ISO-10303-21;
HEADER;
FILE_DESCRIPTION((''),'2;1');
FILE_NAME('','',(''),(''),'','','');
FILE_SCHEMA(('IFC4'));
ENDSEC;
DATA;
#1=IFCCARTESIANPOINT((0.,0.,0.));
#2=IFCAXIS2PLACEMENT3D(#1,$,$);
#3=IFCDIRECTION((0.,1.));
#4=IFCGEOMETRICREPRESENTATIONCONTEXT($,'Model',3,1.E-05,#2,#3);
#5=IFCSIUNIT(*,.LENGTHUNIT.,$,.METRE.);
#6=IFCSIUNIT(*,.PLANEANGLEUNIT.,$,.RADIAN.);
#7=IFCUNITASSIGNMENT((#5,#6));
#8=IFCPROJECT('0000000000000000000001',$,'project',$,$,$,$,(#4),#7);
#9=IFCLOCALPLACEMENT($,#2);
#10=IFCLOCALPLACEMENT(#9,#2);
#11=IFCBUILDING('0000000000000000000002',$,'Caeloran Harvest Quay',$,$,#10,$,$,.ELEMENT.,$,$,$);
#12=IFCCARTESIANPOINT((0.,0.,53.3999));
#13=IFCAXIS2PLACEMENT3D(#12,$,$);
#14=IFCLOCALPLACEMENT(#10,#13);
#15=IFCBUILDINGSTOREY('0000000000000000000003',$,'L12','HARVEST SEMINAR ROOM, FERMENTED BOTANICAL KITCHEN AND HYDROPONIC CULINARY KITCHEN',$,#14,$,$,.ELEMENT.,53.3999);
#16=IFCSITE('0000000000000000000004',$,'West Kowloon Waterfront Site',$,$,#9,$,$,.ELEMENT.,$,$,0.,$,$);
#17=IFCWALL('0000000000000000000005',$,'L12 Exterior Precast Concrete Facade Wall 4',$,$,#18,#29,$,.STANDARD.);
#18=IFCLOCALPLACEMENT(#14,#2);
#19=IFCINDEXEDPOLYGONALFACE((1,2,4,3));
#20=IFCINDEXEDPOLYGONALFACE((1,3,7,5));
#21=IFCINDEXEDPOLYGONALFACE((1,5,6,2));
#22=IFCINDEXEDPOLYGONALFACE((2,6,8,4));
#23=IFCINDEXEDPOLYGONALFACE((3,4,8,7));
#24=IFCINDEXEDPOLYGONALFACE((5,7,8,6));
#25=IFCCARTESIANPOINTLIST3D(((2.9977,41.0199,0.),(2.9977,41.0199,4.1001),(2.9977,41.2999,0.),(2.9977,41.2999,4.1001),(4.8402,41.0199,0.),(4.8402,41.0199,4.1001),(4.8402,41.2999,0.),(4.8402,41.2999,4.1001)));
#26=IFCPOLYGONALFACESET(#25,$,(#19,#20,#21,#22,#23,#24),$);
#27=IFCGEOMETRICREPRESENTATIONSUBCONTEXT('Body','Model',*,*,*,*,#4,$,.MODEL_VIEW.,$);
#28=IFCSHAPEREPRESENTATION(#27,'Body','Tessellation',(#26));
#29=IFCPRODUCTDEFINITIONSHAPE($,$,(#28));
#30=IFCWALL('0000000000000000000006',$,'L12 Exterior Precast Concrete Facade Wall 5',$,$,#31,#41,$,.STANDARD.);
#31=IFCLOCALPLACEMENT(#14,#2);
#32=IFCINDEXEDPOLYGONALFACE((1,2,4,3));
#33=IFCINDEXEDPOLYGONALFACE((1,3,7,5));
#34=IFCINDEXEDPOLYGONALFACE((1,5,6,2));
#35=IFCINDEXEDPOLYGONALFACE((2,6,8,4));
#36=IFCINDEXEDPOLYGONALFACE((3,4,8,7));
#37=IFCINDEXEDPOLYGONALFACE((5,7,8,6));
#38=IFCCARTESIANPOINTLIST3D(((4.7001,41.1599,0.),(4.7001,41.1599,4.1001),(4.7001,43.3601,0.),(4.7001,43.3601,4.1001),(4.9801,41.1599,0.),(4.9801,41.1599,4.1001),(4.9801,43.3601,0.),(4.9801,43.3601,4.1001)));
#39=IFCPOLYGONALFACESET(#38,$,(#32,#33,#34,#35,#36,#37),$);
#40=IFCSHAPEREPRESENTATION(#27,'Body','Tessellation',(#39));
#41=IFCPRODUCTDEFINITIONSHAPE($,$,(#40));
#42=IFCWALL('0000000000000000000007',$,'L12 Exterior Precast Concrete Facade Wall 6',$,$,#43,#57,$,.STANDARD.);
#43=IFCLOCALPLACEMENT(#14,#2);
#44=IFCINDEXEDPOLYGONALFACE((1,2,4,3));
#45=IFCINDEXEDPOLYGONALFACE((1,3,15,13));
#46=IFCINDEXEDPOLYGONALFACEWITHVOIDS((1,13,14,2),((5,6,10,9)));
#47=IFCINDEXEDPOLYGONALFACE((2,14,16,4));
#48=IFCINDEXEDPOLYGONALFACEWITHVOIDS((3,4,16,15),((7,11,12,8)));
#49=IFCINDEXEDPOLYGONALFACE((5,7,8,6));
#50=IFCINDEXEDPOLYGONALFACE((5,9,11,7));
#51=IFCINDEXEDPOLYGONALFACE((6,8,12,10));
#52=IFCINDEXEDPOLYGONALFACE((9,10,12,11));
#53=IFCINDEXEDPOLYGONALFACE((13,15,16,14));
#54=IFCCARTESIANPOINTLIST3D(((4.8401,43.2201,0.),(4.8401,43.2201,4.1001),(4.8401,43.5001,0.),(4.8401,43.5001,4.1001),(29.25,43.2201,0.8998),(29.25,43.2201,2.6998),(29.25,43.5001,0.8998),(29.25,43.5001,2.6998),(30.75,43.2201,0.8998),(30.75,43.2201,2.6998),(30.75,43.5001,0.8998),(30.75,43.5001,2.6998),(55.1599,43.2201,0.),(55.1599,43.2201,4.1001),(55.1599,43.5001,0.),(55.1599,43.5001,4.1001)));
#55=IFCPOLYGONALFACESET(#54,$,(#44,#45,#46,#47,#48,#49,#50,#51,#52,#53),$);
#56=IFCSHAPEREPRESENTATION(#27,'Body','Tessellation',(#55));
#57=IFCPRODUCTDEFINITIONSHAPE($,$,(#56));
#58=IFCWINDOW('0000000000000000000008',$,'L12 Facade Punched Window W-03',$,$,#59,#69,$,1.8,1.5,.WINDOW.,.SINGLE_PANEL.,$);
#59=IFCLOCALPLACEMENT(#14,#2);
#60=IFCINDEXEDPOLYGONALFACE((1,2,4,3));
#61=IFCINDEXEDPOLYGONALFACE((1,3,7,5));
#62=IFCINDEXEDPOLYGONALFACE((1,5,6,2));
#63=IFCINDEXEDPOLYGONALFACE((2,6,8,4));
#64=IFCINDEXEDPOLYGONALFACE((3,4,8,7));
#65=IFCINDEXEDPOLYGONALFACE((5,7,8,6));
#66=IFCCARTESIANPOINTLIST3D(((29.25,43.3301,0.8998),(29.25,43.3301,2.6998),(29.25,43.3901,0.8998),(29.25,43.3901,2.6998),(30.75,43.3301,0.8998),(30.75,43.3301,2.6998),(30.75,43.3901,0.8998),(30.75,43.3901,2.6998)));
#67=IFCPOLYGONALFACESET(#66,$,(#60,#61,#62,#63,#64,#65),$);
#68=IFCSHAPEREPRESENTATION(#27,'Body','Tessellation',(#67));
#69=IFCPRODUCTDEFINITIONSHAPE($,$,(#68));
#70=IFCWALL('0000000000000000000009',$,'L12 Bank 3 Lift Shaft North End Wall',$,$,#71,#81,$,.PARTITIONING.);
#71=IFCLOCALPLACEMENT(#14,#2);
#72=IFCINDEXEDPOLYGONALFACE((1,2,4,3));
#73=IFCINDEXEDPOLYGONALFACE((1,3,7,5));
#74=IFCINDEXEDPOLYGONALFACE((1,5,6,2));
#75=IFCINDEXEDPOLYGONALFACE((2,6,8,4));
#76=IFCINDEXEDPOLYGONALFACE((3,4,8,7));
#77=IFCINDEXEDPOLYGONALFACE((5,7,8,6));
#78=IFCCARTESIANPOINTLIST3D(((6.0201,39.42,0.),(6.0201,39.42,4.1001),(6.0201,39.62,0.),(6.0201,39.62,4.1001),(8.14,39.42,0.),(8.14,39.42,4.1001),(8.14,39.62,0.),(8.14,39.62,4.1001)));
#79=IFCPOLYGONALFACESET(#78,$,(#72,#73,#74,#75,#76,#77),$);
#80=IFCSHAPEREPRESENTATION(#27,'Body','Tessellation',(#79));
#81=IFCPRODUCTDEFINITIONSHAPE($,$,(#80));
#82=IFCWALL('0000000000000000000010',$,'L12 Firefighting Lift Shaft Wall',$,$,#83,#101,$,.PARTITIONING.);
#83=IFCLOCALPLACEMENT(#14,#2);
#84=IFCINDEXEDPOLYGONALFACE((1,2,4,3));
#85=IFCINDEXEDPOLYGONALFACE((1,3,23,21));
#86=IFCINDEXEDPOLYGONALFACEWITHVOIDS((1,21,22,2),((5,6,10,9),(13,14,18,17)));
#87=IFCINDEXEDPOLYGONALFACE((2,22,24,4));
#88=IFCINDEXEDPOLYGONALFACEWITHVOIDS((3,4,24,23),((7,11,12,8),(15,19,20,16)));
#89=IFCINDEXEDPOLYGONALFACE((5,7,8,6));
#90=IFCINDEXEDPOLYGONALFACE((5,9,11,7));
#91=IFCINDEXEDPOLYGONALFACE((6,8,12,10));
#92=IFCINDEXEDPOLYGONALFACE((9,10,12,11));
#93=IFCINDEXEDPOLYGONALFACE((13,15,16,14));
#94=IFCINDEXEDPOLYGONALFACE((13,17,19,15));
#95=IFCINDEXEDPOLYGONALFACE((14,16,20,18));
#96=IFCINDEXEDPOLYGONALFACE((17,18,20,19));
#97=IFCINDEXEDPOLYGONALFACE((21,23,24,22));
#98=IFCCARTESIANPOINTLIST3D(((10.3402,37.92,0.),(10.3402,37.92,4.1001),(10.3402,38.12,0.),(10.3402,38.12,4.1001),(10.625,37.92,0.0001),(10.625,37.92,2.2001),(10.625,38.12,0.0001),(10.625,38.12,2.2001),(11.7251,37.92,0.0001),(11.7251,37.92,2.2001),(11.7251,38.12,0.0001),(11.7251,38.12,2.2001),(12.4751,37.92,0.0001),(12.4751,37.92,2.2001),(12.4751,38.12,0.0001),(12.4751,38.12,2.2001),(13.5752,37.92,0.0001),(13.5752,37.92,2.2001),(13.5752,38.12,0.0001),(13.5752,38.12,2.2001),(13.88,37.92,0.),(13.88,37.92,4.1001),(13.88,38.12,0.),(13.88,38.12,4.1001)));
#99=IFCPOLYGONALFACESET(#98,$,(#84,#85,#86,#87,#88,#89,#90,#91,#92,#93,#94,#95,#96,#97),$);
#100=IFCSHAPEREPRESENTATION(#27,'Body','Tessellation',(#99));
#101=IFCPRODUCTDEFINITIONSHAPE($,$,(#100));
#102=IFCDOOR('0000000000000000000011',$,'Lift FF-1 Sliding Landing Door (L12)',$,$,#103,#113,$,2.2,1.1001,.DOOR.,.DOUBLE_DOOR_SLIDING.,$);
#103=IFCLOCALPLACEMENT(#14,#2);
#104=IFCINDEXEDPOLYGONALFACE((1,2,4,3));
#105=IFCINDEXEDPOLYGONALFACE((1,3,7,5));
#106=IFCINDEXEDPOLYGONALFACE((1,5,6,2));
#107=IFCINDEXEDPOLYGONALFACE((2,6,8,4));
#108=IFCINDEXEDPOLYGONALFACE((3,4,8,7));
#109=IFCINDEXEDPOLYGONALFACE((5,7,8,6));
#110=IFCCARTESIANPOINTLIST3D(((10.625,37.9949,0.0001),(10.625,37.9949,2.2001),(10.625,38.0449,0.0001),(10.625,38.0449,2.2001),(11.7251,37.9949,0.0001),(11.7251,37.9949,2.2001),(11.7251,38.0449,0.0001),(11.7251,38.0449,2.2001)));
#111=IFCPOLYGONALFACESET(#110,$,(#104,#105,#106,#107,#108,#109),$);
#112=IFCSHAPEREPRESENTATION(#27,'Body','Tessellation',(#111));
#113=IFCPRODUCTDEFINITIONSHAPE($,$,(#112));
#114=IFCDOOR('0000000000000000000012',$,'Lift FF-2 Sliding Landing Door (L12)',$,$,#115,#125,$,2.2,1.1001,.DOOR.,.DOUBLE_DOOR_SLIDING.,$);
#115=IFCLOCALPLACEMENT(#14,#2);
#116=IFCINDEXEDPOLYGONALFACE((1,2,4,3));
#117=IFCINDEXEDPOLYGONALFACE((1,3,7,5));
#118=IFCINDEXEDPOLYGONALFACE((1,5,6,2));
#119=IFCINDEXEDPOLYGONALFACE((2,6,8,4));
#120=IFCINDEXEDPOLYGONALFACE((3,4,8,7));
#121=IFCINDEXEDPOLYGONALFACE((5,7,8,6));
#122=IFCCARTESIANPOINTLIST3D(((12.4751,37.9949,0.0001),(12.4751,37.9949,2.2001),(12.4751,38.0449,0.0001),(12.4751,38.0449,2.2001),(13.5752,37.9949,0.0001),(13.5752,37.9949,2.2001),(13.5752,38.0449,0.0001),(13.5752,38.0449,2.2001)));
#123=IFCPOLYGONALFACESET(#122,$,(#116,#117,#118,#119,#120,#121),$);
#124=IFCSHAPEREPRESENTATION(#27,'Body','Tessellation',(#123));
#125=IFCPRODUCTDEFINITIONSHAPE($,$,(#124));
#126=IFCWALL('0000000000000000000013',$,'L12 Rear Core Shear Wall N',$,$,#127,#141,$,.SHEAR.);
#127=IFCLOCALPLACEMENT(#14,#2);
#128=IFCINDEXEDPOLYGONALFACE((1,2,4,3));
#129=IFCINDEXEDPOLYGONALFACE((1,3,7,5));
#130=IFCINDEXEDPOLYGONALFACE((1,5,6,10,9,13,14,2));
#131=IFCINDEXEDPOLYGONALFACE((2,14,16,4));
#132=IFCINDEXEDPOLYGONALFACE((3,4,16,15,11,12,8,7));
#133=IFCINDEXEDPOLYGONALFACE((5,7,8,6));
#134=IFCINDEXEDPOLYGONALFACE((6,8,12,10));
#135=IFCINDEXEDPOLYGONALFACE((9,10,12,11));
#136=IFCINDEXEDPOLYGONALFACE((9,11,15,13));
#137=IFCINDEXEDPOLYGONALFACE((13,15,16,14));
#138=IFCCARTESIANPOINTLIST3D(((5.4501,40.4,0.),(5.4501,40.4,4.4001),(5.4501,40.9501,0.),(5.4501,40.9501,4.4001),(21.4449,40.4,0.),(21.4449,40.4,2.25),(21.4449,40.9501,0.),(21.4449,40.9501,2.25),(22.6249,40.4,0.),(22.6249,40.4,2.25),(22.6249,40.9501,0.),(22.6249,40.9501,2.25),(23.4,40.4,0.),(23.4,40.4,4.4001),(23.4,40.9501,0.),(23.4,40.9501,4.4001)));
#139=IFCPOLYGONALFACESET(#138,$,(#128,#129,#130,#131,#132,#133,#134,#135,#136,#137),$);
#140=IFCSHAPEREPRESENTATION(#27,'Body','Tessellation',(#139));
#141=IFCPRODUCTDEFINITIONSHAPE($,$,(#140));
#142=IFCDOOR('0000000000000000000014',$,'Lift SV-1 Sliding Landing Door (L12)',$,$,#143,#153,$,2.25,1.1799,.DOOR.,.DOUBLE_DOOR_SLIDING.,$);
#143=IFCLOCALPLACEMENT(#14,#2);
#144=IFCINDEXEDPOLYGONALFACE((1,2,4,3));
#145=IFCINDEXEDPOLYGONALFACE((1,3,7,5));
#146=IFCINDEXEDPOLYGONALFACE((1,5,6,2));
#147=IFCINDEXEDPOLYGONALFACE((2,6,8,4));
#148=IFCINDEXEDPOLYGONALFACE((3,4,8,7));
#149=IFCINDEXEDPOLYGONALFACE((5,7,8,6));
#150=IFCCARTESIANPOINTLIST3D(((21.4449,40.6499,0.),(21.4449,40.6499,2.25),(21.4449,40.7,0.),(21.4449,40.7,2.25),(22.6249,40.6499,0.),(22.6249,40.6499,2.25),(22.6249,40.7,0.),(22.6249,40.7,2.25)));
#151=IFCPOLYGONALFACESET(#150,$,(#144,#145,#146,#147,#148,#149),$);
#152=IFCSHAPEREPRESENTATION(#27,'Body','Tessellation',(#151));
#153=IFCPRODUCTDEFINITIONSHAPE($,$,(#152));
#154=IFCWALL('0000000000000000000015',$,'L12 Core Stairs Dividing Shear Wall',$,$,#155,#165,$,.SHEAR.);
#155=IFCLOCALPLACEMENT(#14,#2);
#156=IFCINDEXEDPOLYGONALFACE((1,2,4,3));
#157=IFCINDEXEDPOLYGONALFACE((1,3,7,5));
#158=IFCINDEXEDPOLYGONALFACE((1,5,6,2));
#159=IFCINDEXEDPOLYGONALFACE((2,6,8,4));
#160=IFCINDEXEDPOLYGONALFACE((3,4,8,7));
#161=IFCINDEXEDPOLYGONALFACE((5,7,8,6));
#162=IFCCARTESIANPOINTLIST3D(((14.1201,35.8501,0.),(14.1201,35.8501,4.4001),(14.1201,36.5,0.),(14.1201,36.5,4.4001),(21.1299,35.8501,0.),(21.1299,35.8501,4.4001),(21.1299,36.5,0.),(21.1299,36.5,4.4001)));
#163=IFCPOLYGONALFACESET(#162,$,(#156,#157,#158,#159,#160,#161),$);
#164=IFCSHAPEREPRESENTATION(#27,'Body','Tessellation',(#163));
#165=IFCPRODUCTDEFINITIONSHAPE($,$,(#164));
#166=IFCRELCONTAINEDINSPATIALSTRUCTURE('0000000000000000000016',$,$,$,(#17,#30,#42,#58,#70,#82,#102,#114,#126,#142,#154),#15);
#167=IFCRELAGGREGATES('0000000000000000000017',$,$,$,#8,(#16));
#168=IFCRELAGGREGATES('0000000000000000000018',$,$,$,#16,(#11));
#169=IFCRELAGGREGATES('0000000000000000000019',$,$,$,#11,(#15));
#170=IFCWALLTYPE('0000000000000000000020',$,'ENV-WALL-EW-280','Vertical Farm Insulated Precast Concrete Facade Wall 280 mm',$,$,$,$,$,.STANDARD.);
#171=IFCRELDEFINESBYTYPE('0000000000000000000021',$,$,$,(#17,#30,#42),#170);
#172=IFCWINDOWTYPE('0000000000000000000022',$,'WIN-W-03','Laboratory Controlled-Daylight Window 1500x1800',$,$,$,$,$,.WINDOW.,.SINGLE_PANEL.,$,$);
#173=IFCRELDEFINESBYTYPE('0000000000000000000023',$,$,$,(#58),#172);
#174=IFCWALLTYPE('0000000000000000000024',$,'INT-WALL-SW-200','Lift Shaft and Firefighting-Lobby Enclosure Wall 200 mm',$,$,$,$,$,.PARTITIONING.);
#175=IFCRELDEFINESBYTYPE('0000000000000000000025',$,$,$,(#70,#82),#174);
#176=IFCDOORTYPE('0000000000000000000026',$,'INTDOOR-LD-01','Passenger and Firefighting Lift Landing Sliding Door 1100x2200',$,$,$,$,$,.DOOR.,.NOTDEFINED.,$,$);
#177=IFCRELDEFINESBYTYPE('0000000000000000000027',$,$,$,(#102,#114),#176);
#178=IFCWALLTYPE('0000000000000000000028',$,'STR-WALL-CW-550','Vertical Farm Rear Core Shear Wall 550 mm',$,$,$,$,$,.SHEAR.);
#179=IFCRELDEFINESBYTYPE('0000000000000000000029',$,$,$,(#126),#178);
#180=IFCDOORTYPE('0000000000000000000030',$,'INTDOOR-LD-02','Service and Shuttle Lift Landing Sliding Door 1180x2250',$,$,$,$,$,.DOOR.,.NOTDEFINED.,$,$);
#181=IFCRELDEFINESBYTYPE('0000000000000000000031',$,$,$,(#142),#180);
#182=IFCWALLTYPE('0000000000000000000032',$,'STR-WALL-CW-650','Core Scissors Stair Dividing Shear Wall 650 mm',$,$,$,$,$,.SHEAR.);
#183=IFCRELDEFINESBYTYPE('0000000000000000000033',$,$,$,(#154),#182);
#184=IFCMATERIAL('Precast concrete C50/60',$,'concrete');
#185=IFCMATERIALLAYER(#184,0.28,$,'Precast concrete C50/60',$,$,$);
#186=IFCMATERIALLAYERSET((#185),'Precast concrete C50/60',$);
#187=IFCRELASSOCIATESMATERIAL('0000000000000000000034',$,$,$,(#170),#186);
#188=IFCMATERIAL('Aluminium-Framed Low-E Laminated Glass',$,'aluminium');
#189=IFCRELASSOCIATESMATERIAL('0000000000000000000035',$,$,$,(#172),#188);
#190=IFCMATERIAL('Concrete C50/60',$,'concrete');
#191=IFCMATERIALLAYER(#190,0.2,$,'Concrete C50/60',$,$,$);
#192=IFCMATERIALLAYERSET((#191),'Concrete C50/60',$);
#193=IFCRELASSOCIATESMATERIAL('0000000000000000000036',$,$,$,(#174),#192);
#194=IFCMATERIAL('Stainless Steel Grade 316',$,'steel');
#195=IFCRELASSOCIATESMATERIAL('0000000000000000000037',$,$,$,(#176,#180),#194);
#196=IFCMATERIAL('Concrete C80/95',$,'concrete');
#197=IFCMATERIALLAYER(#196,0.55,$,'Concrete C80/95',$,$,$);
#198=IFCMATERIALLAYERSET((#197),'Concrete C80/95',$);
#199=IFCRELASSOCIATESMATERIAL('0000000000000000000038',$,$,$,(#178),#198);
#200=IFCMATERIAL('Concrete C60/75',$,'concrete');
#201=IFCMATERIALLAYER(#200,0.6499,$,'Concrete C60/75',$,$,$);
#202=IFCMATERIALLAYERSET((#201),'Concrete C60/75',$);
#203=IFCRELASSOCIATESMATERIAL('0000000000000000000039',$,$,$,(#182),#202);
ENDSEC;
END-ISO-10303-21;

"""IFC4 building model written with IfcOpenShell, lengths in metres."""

from ifc_helpers import new_model, si_unit, direction, frame, frame_2d, origin, place, context, subcontext, project, spatial, rectangle, extrude, material, layer, layer_set, type_object, element, fill, save


model = new_model("IFC4")

# Units and contexts
model_context = context("Model", 3, precision=1e-05, world=origin(), true_north=direction((0.0, 1.0)))
body_context = subcontext(model_context, "Body", "Model", "MODEL_VIEW")
ifc_project = project(units=[si_unit("LENGTHUNIT", "METRE"), si_unit("PLANEANGLEUNIT", "RADIAN")], contexts=[model_context])

# Site, building, storey
site_placement = place(None, origin())
site = spatial("IfcSite", under=ifc_project, at=site_placement, Name="West Kowloon Waterfront Site", CompositionType="ELEMENT", RefElevation=0.0)
building_placement = place(site_placement, origin())
building = spatial("IfcBuilding", under=site, at=building_placement, Name="Caeloran Harvest Quay", CompositionType="ELEMENT")
storey_placement = place(building_placement, frame((0.0, 0.0, 53.3999)))
storey = spatial("IfcBuildingStorey", under=building, at=storey_placement, Name="L12", Description="HARVEST SEMINAR ROOM, FERMENTED BOTANICAL KITCHEN AND HYDROPONIC CULINARY KITCHEN", CompositionType="ELEMENT", Elevation=53.3999)

# Walls
ifc_material_1 = material(Name="Precast concrete C50/60", Category="concrete")
ifc_layer_1 = layer(ifc_material_1, 0.28, Name="Precast concrete C50/60")
ifc_layer_set_1 = layer_set([ifc_layer_1], Name="Precast concrete C50/60")
wall_type_1 = type_object("IfcWallType", Name="ENV-WALL-EW-280", Description="Vertical Farm Insulated Precast Concrete Facade Wall 280 mm", PredefinedType="STANDARD", material=ifc_layer_set_1)
wall_1_placement = place(storey_placement, frame((2.9976, 41.1599, 0.0), z_axis=(0.0, 0.0, 1.0), x_axis=(1.0, 0.0, 0.0)))
element("IfcWall", 1, at=wall_1_placement, inside=storey, type_object=wall_type_1, Name="L12 Exterior Precast Concrete Facade Wall 4", PredefinedType="STANDARD", context=body_context, shape_type="SweptSolid", body=[
    extrude(rectangle(XDim=1.8425, YDim=0.28, at=frame_2d((0.9214, 0.0))), origin(), (0.0, 0.0, 1.0), 4.1001),
])
wall_2_placement = place(storey_placement, frame((4.8401, 41.1599, 0.0), z_axis=(0.0, 0.0, 1.0), x_axis=(0.0, 1.0, 0.0)))
element("IfcWall", 2, at=wall_2_placement, inside=storey, type_object=wall_type_1, Name="L12 Exterior Precast Concrete Facade Wall 5", PredefinedType="STANDARD", context=body_context, shape_type="SweptSolid", body=[
    extrude(rectangle(XDim=2.2002, YDim=0.28, at=frame_2d((1.1001, 0.0))), origin(), (0.0, 0.0, 1.0), 4.1001),
])

# Wall, opening, window
wall_3_placement = place(storey_placement, frame((4.8401, 43.3601, 0.0), z_axis=(0.0, 0.0, 1.0), x_axis=(1.0, 0.0, 0.0)))
wall_3 = element("IfcWall", 3, at=wall_3_placement, inside=storey, type_object=wall_type_1, Name="L12 Exterior Precast Concrete Facade Wall 6", PredefinedType="STANDARD", context=body_context, shape_type="SweptSolid", body=[
    extrude(rectangle(XDim=50.3198, YDim=0.28, at=frame_2d((25.1599, 0.0))), origin(), (0.0, 0.0, 1.0), 4.1001),
])
opening_1_placement = place(wall_3_placement, frame((24.4099, 0.0, 0.8999)))
opening_1 = element("IfcOpeningElement", 4, at=opening_1_placement, cuts=wall_3, PredefinedType="OPENING", context=body_context, shape_type="SweptSolid", body=[
    extrude(rectangle(XDim=1.5, YDim=1.8, at=frame_2d((0.75, 0.8999))), frame((0.0, 0.1499, 0.0), z_axis=(0.0, -1.0, 0.0), x_axis=(1.0, 0.0, 0.0)), (0.0, 0.0, 1.0), 0.3),
])
ifc_material_2 = material(Name="Aluminium-Framed Low-E Laminated Glass", Category="aluminium")
window_type = type_object("IfcWindowType", Name="WIN-W-03", Description="Laboratory Controlled-Daylight Window 1500x1800", PartitioningType="SINGLE_PANEL", PredefinedType="WINDOW", material=ifc_material_2)
window_placement = place(opening_1_placement, origin())
window = element("IfcWindow", 5, at=window_placement, inside=storey, type_object=window_type, Name="L12 Facade Punched Window W-03", OverallHeight=1.8, OverallWidth=1.5, PartitioningType="SINGLE_PANEL", PredefinedType="WINDOW", context=body_context, shape_type="SweptSolid", body=[
    extrude(rectangle(XDim=1.5, YDim=1.8, at=frame_2d((0.75, 0.8999))), frame((0.0, 0.03, 0.0), z_axis=(0.0, -1.0, 0.0), x_axis=(1.0, 0.0, 0.0)), (0.0, 0.0, 1.0), 0.0601),
])
fill(opening_1, window)

# Wall
ifc_material_3 = material(Name="Concrete C50/60", Category="concrete")
ifc_layer_2 = layer(ifc_material_3, 0.2, Name="Concrete C50/60")
ifc_layer_set_2 = layer_set([ifc_layer_2], Name="Concrete C50/60")
wall_type_2 = type_object("IfcWallType", Name="INT-WALL-SW-200", Description="Lift Shaft and Firefighting-Lobby Enclosure Wall 200 mm", PredefinedType="PARTITIONING", material=ifc_layer_set_2)
wall_4_placement = place(storey_placement, frame((6.02, 39.52, 0.0), z_axis=(0.0, 0.0, 1.0), x_axis=(1.0, 0.0, 0.0)))
element("IfcWall", 6, at=wall_4_placement, inside=storey, type_object=wall_type_2, Name="L12 Bank 3 Lift Shaft North End Wall", PredefinedType="PARTITIONING", context=body_context, shape_type="SweptSolid", body=[
    extrude(rectangle(XDim=2.1199, YDim=0.2, at=frame_2d((1.0601, 0.0))), origin(), (0.0, 0.0, 1.0), 4.1001),
])

# Wall, openings, doors
wall_5_placement = place(storey_placement, frame((10.3401, 38.02, 0.0), z_axis=(0.0, 0.0, 1.0), x_axis=(1.0, 0.0, 0.0)))
wall_5 = element("IfcWall", 7, at=wall_5_placement, inside=storey, type_object=wall_type_2, Name="L12 Firefighting Lift Shaft Wall", PredefinedType="PARTITIONING", context=body_context, shape_type="SweptSolid", body=[
    extrude(rectangle(XDim=3.5398, YDim=0.2, at=frame_2d((1.77, 0.0))), origin(), (0.0, 0.0, 1.0), 4.1001),
])
opening_2_placement = place(wall_5_placement, frame((0.2849, 0.0, 0.0)))
opening_2 = element("IfcOpeningElement", 8, at=opening_2_placement, cuts=wall_5, PredefinedType="OPENING", context=body_context, shape_type="SweptSolid", body=[
    extrude(rectangle(XDim=1.1001, YDim=2.2, at=frame_2d((0.55, 1.1001))), frame((0.0, 0.1099, 0.0), z_axis=(0.0, -1.0, 0.0), x_axis=(1.0, 0.0, 0.0)), (0.0, 0.0, 1.0), 0.22),
])
opening_3_placement = place(wall_5_placement, frame((2.135, 0.0, 0.0)))
opening_3 = element("IfcOpeningElement", 9, at=opening_3_placement, cuts=wall_5, PredefinedType="OPENING", context=body_context, shape_type="SweptSolid", body=[
    extrude(rectangle(XDim=1.1001, YDim=2.2, at=frame_2d((0.55, 1.1001))), frame((0.0, 0.1099, 0.0), z_axis=(0.0, -1.0, 0.0), x_axis=(1.0, 0.0, 0.0)), (0.0, 0.0, 1.0), 0.22),
])
ifc_material_4 = material(Name="Stainless Steel Grade 316", Category="steel")
door_type_1 = type_object("IfcDoorType", Name="INTDOOR-LD-01", Description="Passenger and Firefighting Lift Landing Sliding Door 1100x2200", OperationType="NOTDEFINED", PredefinedType="DOOR", material=ifc_material_4)
door_1_placement = place(opening_2_placement, origin())
door_1 = element("IfcDoor", 10, at=door_1_placement, inside=storey, type_object=door_type_1, Name="Lift FF-1 Sliding Landing Door (L12)", OperationType="DOUBLE_DOOR_SLIDING", OverallHeight=2.2, OverallWidth=1.1001, PredefinedType="DOOR", context=body_context, shape_type="SweptSolid", body=[
    extrude(rectangle(XDim=1.1001, YDim=2.2, at=frame_2d((0.55, 1.1001))), frame((0.0, 0.0249, 0.0), z_axis=(0.0, -1.0, 0.0), x_axis=(1.0, 0.0, 0.0)), (0.0, 0.0, 1.0), 0.05),
])
fill(opening_2, door_1)
door_2_placement = place(opening_3_placement, origin())
door_2 = element("IfcDoor", 11, at=door_2_placement, inside=storey, type_object=door_type_1, Name="Lift FF-2 Sliding Landing Door (L12)", OperationType="DOUBLE_DOOR_SLIDING", OverallHeight=2.2, OverallWidth=1.1001, PredefinedType="DOOR", context=body_context, shape_type="SweptSolid", body=[
    extrude(rectangle(XDim=1.1001, YDim=2.2, at=frame_2d((0.55, 1.1001))), frame((0.0, 0.0249, 0.0), z_axis=(0.0, -1.0, 0.0), x_axis=(1.0, 0.0, 0.0)), (0.0, 0.0, 1.0), 0.05),
])
fill(opening_3, door_2)

# Wall, opening, door
ifc_material_5 = material(Name="Concrete C80/95", Category="concrete")
ifc_layer_3 = layer(ifc_material_5, 0.55, Name="Concrete C80/95")
ifc_layer_set_3 = layer_set([ifc_layer_3], Name="Concrete C80/95")
wall_type_3 = type_object("IfcWallType", Name="STR-WALL-CW-550", Description="Vertical Farm Rear Core Shear Wall 550 mm", PredefinedType="SHEAR", material=ifc_layer_set_3)
wall_6_placement = place(storey_placement, frame((5.45, 40.675, 0.0), z_axis=(0.0, 0.0, 1.0), x_axis=(1.0, 0.0, 0.0)))
wall_6 = element("IfcWall", 12, at=wall_6_placement, inside=storey, type_object=wall_type_3, Name="L12 Rear Core Shear Wall N", PredefinedType="SHEAR", context=body_context, shape_type="SweptSolid", body=[
    extrude(rectangle(XDim=17.95, YDim=0.55, at=frame_2d((8.9751, 0.0))), origin(), (0.0, 0.0, 1.0), 4.4001),
])
opening_4_placement = place(wall_6_placement, frame((15.9951, 0.0, 0.0)))
opening_4 = element("IfcOpeningElement", 13, at=opening_4_placement, cuts=wall_6, PredefinedType="OPENING", context=body_context, shape_type="SweptSolid", body=[
    extrude(rectangle(XDim=1.1799, YDim=2.25, at=frame_2d((0.5898, 1.125))), frame((0.0, 0.2852, 0.0), z_axis=(0.0, -1.0, 0.0), x_axis=(1.0, 0.0, 0.0)), (0.0, 0.0, 1.0), 0.5701),
])
door_type_2 = type_object("IfcDoorType", Name="INTDOOR-LD-02", Description="Service and Shuttle Lift Landing Sliding Door 1180x2250", OperationType="NOTDEFINED", PredefinedType="DOOR", material=ifc_material_4)
door_3_placement = place(opening_4_placement, origin())
door_3 = element("IfcDoor", 14, at=door_3_placement, inside=storey, type_object=door_type_2, Name="Lift SV-1 Sliding Landing Door (L12)", OperationType="DOUBLE_DOOR_SLIDING", OverallHeight=2.25, OverallWidth=1.1799, PredefinedType="DOOR", context=body_context, shape_type="SweptSolid", body=[
    extrude(rectangle(XDim=1.1799, YDim=2.25, at=frame_2d((0.5898, 1.125))), frame((0.0, 0.0249, 0.0), z_axis=(0.0, -1.0, 0.0), x_axis=(1.0, 0.0, 0.0)), (0.0, 0.0, 1.0), 0.05),
])
fill(opening_4, door_3)

# Wall
ifc_material_6 = material(Name="Concrete C60/75", Category="concrete")
ifc_layer_4 = layer(ifc_material_6, 0.6499, Name="Concrete C60/75")
ifc_layer_set_4 = layer_set([ifc_layer_4], Name="Concrete C60/75")
wall_type_4 = type_object("IfcWallType", Name="STR-WALL-CW-650", Description="Core Scissors Stair Dividing Shear Wall 650 mm", PredefinedType="SHEAR", material=ifc_layer_set_4)
wall_7_placement = place(storey_placement, frame((14.1201, 36.175, 0.0), z_axis=(0.0, 0.0, 1.0), x_axis=(1.0, 0.0, 0.0)))
element("IfcWall", 15, at=wall_7_placement, inside=storey, type_object=wall_type_4, Name="L12 Core Stairs Dividing Shear Wall", PredefinedType="SHEAR", context=body_context, shape_type="SweptSolid", body=[
    extrude(rectangle(XDim=7.0098, YDim=0.6499, at=frame_2d((3.5049, 0.0))), origin(), (0.0, 0.0, 1.0), 4.4001),
])

save(model, "model.ifc")
